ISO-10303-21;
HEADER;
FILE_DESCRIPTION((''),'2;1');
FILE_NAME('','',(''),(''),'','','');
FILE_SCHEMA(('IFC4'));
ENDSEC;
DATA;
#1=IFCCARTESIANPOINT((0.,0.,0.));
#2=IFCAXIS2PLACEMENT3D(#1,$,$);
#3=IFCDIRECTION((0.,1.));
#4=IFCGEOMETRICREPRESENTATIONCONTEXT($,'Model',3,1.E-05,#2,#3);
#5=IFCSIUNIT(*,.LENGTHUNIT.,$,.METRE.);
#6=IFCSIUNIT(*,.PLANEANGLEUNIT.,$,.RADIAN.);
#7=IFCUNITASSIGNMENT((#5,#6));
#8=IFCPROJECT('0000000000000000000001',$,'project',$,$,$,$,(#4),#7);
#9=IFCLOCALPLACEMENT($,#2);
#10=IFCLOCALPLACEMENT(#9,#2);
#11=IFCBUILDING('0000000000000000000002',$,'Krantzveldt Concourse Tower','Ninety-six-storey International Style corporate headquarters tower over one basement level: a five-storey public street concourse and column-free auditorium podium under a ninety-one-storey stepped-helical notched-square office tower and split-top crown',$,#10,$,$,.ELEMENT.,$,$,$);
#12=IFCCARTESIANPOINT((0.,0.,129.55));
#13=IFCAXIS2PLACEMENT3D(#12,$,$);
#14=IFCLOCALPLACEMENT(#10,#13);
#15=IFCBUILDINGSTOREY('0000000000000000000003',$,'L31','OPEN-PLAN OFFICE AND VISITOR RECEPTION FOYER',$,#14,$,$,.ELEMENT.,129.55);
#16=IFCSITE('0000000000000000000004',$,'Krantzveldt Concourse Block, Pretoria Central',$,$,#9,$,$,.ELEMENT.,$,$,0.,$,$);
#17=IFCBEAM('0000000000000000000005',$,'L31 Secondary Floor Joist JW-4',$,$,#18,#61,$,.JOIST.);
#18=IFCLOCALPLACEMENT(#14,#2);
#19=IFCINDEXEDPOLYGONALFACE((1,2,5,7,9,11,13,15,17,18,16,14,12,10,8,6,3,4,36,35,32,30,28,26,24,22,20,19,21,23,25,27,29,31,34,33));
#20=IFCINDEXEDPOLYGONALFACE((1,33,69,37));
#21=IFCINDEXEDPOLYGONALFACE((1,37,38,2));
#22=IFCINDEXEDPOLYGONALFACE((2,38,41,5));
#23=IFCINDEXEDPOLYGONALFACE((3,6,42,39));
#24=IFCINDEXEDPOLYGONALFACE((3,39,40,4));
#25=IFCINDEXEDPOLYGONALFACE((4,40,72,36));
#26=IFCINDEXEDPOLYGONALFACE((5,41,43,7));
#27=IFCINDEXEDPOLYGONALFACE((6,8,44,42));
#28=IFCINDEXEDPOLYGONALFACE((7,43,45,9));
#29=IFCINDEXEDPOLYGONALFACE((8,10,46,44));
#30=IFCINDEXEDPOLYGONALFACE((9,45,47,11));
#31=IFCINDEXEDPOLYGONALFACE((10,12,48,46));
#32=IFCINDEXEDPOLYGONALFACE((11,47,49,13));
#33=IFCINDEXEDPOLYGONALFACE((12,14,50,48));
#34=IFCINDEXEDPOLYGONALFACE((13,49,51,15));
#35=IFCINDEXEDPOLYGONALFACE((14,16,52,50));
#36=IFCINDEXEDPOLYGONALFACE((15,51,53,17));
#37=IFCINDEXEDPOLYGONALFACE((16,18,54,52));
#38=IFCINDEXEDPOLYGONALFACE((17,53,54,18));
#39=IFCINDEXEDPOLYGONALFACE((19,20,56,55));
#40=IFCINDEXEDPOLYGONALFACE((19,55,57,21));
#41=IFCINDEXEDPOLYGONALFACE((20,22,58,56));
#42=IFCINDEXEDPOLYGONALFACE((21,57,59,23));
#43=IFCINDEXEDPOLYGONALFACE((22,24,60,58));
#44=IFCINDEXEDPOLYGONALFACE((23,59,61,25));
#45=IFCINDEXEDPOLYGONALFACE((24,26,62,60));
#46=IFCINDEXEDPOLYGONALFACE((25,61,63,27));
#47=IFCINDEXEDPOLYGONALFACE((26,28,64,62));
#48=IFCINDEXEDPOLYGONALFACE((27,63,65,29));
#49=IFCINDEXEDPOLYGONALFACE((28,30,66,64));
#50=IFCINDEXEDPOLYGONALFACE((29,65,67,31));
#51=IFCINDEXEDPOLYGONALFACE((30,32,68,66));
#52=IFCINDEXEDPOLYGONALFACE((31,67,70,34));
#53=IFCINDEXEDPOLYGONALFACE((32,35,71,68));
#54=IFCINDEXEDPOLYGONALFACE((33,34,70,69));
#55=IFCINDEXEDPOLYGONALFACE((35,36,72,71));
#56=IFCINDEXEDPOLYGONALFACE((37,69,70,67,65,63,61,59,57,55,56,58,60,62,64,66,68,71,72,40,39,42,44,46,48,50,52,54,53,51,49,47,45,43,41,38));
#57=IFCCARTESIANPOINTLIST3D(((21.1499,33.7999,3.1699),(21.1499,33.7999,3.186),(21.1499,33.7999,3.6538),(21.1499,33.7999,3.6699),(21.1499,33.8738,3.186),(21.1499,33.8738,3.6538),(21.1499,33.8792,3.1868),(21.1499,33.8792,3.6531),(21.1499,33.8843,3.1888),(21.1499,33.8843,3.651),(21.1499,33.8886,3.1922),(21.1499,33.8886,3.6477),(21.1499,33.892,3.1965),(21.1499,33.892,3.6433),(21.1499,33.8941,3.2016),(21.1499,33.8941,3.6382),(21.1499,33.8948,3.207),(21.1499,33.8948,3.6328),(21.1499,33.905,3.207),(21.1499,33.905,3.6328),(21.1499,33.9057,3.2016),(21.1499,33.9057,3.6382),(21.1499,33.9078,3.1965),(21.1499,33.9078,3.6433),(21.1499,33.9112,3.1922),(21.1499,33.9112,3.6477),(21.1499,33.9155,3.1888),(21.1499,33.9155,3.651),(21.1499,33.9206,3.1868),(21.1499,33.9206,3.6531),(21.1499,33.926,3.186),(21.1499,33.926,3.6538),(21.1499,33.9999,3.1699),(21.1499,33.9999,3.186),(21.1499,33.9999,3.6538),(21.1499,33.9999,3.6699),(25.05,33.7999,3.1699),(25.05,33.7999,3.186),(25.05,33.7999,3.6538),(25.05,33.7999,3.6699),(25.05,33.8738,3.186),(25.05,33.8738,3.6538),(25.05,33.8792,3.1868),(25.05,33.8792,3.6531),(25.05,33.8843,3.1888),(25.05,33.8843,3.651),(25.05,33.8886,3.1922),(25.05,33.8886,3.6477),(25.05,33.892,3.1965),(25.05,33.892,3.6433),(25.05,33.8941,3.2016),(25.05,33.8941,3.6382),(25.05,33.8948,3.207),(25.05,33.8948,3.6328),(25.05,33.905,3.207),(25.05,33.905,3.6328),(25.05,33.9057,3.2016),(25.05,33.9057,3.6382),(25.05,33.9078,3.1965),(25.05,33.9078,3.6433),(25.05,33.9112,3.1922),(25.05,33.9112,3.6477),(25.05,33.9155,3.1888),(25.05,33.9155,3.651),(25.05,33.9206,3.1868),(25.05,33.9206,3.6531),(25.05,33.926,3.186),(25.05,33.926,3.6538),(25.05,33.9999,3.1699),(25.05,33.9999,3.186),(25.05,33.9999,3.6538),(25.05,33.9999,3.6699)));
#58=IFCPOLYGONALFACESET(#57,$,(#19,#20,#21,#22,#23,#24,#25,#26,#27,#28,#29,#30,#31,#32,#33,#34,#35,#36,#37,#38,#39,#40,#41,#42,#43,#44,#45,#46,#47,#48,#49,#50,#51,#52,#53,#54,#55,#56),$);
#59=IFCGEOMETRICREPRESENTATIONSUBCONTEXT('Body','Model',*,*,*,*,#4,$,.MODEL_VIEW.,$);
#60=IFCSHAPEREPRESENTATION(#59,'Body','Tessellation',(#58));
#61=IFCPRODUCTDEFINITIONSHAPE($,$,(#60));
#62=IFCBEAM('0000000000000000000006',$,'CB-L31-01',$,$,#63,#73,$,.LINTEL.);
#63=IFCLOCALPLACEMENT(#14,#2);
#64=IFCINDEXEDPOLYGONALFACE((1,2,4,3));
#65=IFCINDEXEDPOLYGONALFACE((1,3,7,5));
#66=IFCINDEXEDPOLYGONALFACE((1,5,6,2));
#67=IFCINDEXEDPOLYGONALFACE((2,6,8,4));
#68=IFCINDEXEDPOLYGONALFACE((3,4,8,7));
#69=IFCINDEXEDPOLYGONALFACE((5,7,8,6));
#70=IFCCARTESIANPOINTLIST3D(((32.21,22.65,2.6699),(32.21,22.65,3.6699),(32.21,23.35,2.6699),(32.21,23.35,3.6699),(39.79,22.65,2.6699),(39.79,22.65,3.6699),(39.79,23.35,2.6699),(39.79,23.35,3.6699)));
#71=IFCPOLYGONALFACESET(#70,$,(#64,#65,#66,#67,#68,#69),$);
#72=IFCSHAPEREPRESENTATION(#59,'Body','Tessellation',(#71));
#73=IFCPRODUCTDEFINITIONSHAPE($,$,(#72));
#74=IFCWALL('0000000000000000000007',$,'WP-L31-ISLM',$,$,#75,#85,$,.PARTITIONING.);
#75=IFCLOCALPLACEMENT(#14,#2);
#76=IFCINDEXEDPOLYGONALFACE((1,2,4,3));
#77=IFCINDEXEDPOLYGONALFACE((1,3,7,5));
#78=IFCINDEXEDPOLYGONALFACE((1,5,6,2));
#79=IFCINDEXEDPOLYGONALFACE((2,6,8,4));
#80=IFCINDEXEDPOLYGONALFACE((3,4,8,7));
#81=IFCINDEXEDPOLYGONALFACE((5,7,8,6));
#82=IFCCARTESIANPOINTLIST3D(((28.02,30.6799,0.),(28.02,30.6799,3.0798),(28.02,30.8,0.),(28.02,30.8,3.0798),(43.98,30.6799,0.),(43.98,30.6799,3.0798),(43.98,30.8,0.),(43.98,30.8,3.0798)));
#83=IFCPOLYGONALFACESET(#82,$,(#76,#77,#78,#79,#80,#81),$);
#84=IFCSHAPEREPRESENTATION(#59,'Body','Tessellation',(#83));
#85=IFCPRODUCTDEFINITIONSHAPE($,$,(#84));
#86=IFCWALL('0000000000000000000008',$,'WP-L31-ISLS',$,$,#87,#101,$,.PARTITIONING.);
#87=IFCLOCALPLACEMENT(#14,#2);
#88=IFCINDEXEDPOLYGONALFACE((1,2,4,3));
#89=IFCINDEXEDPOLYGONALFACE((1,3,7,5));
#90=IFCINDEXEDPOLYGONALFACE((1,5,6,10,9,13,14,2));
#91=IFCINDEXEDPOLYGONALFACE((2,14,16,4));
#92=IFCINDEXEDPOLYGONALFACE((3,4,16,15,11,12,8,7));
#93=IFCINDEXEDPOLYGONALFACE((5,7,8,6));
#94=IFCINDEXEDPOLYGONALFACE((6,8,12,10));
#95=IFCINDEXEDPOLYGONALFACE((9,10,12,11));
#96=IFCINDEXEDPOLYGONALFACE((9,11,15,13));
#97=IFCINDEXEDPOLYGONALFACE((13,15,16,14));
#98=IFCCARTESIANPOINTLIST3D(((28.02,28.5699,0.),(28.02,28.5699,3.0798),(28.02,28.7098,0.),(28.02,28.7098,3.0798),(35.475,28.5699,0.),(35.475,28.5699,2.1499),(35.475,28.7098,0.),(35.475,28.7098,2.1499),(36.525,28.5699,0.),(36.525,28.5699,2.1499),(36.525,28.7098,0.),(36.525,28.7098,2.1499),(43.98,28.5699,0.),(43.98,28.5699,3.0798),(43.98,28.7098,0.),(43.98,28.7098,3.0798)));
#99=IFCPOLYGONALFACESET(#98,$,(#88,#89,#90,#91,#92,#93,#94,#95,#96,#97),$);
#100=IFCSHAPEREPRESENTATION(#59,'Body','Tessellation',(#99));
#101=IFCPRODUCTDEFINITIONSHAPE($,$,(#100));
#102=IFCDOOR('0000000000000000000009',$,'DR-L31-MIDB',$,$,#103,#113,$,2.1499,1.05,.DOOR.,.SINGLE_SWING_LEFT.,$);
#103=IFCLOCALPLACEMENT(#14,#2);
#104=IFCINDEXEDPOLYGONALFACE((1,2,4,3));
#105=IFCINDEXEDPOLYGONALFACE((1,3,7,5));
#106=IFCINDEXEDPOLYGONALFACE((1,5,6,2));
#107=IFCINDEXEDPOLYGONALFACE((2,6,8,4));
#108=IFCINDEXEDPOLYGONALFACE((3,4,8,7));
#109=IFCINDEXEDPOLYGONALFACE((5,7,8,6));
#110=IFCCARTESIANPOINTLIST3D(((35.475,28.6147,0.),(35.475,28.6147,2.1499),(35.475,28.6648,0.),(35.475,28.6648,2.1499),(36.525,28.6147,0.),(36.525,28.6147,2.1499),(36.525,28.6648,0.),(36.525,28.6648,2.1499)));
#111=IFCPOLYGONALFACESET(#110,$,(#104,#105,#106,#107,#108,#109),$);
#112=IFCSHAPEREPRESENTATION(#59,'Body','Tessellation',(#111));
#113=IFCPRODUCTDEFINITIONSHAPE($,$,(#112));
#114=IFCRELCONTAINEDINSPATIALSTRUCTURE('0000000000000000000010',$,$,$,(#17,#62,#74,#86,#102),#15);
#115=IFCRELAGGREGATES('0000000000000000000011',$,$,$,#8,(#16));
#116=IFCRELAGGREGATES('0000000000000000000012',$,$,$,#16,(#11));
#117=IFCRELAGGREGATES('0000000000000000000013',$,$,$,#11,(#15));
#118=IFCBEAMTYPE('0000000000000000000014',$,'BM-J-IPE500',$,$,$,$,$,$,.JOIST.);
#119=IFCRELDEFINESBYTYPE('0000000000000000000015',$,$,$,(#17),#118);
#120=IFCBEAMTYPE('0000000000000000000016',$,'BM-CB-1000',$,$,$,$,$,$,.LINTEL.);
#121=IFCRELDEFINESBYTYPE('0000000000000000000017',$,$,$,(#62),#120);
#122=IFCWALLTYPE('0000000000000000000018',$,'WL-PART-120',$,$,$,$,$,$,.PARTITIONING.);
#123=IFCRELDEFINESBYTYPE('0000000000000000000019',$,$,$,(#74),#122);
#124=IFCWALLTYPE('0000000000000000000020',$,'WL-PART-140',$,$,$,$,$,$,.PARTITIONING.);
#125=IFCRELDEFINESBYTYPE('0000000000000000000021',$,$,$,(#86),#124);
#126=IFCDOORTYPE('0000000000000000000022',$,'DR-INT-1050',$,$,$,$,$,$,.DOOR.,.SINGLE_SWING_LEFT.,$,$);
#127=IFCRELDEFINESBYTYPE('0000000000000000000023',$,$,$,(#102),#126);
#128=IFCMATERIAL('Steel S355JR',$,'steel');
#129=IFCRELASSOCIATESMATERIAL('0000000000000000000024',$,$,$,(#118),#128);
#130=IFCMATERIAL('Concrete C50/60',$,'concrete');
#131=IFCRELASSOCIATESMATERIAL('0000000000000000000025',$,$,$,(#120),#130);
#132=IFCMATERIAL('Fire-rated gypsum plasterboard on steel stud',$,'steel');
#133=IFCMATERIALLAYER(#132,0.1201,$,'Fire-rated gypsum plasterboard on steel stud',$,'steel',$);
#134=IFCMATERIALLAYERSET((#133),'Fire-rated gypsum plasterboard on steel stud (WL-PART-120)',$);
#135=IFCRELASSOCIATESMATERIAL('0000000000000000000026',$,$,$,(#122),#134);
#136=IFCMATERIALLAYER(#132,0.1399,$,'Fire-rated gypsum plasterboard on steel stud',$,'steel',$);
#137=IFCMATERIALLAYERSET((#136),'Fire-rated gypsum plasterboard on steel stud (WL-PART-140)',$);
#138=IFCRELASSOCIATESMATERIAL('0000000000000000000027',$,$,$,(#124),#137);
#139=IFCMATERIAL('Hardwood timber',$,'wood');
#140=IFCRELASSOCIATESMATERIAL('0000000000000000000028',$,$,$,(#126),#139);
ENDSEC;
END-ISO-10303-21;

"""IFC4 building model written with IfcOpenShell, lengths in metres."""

from ifc_helpers import new_model, si_unit, direction, frame, frame_2d, origin, origin_2d, place, context, subcontext, project, spatial, rectangle, i_section, extrude, source, transform, mapped, material, layer, layer_set, material_profile, profile_set, type_object, type_shapes, element, fill, save


model = new_model("IFC4")

# Units and contexts
model_context = context("Model", 3, precision=1e-05, world=origin(), true_north=direction((0.0, 1.0)))
body_context = subcontext(model_context, "Body", "Model", "MODEL_VIEW")
ifc_project = project(units=[si_unit("LENGTHUNIT", "METRE"), si_unit("PLANEANGLEUNIT", "RADIAN")], contexts=[model_context])

# Site, building, storey
site_placement = place(None, origin())
site = spatial("IfcSite", under=ifc_project, at=site_placement, Name="Krantzveldt Concourse Block, Pretoria Central", CompositionType="ELEMENT", RefElevation=0.0)
building_placement = place(site_placement, origin())
building = spatial("IfcBuilding", under=site, at=building_placement, Name="Krantzveldt Concourse Tower", Description="Ninety-six-storey International Style corporate headquarters tower over one basement level: a five-storey public street concourse and column-free auditorium podium under a ninety-one-storey stepped-helical notched-square office tower and split-top crown", CompositionType="ELEMENT")
storey_placement = place(building_placement, frame((0.0, 0.0, 129.55)))
storey = spatial("IfcBuildingStorey", under=building, at=storey_placement, Name="L31", Description="OPEN-PLAN OFFICE AND VISITOR RECEPTION FOYER", CompositionType="ELEMENT", Elevation=129.55)

# Beams
ifc_material_1 = material(Name="Steel S355JR", Category="steel")
ifc_material_profile_1 = material_profile(ifc_material_1, i_section(OverallWidth=0.2, OverallDepth=0.5, WebThickness=0.0103, FlangeThickness=0.0161, FilletRadius=0.021, at=origin_2d()), Name="Steel S355JR", Category="steel")
ifc_profile_set_1 = profile_set([ifc_material_profile_1], Name="Steel S355JR - IPE 500")
beam_type_1 = type_object("IfcBeamType", Name="BM-J-IPE500", PredefinedType="JOIST", material=ifc_profile_set_1)
shared_shape_1 = source(origin(), body_context, "Body", "SweptSolid", [
    extrude(i_section(OverallWidth=0.2, OverallDepth=0.5, WebThickness=0.0103, FlangeThickness=0.0161, FilletRadius=0.021, at=origin_2d()), origin(), (0.0, 0.0, 1.0), 3.9001),
])
for number, where, z_axis, x_axis, name in (
    (1, (21.1499, 33.8999, 3.4199), (1.0, 0.0, 0.0), (0.0, 1.0, 0.0), "L31 Secondary Floor Joist JW-4"),
):
    element("IfcBeam", number, at=place(storey_placement, frame(where, z_axis=z_axis, x_axis=x_axis)), inside=storey, type_object=beam_type_1, Name=name, PredefinedType="JOIST", context=body_context, shape_type="MappedRepresentation", body=[
        mapped(shared_shape_1, transform((0.0, 0.0, 0.0), x_axis=(1.0, 0.0, 0.0), y_axis=(0.0, 1.0, 0.0), z_axis=(0.0, 0.0, 1.0), scale=1.0)),
    ])
ifc_material_2 = material(Name="Concrete C50/60", Category="concrete")
ifc_material_profile_2 = material_profile(ifc_material_2, rectangle(XDim=0.7, YDim=1.0, at=origin_2d()), Name="Concrete C50/60", Category="concrete")
ifc_profile_set_2 = profile_set([ifc_material_profile_2], Name="Concrete C50/60 - RC-CB 700x1000")
beam_type_2 = type_object("IfcBeamType", Name="BM-CB-1000", PredefinedType="LINTEL", material=ifc_profile_set_2)
shared_shape_2 = source(origin(), body_context, "Body", "SweptSolid", [
    extrude(rectangle(XDim=0.7, YDim=1.0, at=origin_2d()), origin(), (0.0, 0.0, 1.0), 7.5801),
])
type_shapes(beam_type_2, [shared_shape_2])
beam_1_placement = place(storey_placement, frame((32.21, 23.0, 3.1699), z_axis=(1.0, 0.0, 0.0), x_axis=(0.0, 1.0, 0.0)))
element("IfcBeam", 2, at=beam_1_placement, inside=storey, type_object=beam_type_2, Name="CB-L31-01", PredefinedType="LINTEL", context=body_context, shape_type="MappedRepresentation", body=[
    mapped(shared_shape_2, transform((0.0, 0.0, 0.0), x_axis=(1.0, 0.0, 0.0), y_axis=(0.0, 1.0, 0.0), z_axis=(0.0, 0.0, 1.0), scale=1.0)),
])

# Wall
ifc_material_3 = material(Name="Fire-rated gypsum plasterboard on steel stud", Category="steel")
ifc_layer_1 = layer(ifc_material_3, 0.1201, Name="Fire-rated gypsum plasterboard on steel stud", Category="steel")
ifc_layer_set_1 = layer_set([ifc_layer_1], Name="Fire-rated gypsum plasterboard on steel stud (WL-PART-120)")
wall_type_1 = type_object("IfcWallType", Name="WL-PART-120", PredefinedType="PARTITIONING", material=ifc_layer_set_1)
wall_1_placement = place(storey_placement, frame((28.02, 30.74, 0.0), z_axis=(0.0, 0.0, 1.0), x_axis=(1.0, 0.0, 0.0)))
element("IfcWall", 3, at=wall_1_placement, inside=storey, type_object=wall_type_1, Name="WP-L31-ISLM", PredefinedType="PARTITIONING", context=body_context, shape_type="SweptSolid", body=[
    extrude(rectangle(XDim=15.96, YDim=0.1201, at=frame_2d((7.98, 0.0))), origin(), (0.0, 0.0, 1.0), 3.0798),
])

# Wall, opening, door
ifc_layer_2 = layer(ifc_material_3, 0.1399, Name="Fire-rated gypsum plasterboard on steel stud", Category="steel")
ifc_layer_set_2 = layer_set([ifc_layer_2], Name="Fire-rated gypsum plasterboard on steel stud (WL-PART-140)")
wall_type_2 = type_object("IfcWallType", Name="WL-PART-140", PredefinedType="PARTITIONING", material=ifc_layer_set_2)
wall_2_placement = place(storey_placement, frame((28.02, 28.6399, 0.0), z_axis=(0.0, 0.0, 1.0), x_axis=(1.0, 0.0, 0.0)))
wall_2 = element("IfcWall", 4, at=wall_2_placement, inside=storey, type_object=wall_type_2, Name="WP-L31-ISLS", PredefinedType="PARTITIONING", context=body_context, shape_type="SweptSolid", body=[
    extrude(rectangle(XDim=15.96, YDim=0.1399, at=frame_2d((7.98, 0.0))), origin(), (0.0, 0.0, 1.0), 3.0798),
])
opening_1_placement = place(wall_2_placement, frame((7.4551, 0.0, 0.0)))
opening_1 = element("IfcOpeningElement", 5, at=opening_1_placement, cuts=wall_2, PredefinedType="OPENING", context=body_context, shape_type="SweptSolid", body=[
    extrude(rectangle(XDim=1.05, YDim=2.1499, at=frame_2d((0.5249, 1.075))), frame((0.0, 0.0801, 0.0), z_axis=(0.0, -1.0, 0.0), x_axis=(1.0, 0.0, 0.0)), (0.0, 0.0, 1.0), 0.1599),
])
ifc_material_4 = material(Name="Hardwood timber", Category="wood")
door_type_1 = type_object("IfcDoorType", Name="DR-INT-1050", OperationType="SINGLE_SWING_LEFT", PredefinedType="DOOR", material=ifc_material_4)
door_1_placement = place(opening_1_placement, origin())
door_1 = element("IfcDoor", 6, at=door_1_placement, inside=storey, type_object=door_type_1, Name="DR-L31-MIDB", OperationType="SINGLE_SWING_LEFT", OverallHeight=2.1499, OverallWidth=1.05, PredefinedType="DOOR", context=body_context, shape_type="SweptSolid", body=[
    extrude(rectangle(XDim=1.05, YDim=2.1499, at=frame_2d((0.5249, 1.075))), frame((0.0, 0.0249, 0.0), z_axis=(0.0, -1.0, 0.0), x_axis=(1.0, 0.0, 0.0)), (0.0, 0.0, 1.0), 0.05),
])
fill(opening_1, door_1)

save(model, "model.ifc")
